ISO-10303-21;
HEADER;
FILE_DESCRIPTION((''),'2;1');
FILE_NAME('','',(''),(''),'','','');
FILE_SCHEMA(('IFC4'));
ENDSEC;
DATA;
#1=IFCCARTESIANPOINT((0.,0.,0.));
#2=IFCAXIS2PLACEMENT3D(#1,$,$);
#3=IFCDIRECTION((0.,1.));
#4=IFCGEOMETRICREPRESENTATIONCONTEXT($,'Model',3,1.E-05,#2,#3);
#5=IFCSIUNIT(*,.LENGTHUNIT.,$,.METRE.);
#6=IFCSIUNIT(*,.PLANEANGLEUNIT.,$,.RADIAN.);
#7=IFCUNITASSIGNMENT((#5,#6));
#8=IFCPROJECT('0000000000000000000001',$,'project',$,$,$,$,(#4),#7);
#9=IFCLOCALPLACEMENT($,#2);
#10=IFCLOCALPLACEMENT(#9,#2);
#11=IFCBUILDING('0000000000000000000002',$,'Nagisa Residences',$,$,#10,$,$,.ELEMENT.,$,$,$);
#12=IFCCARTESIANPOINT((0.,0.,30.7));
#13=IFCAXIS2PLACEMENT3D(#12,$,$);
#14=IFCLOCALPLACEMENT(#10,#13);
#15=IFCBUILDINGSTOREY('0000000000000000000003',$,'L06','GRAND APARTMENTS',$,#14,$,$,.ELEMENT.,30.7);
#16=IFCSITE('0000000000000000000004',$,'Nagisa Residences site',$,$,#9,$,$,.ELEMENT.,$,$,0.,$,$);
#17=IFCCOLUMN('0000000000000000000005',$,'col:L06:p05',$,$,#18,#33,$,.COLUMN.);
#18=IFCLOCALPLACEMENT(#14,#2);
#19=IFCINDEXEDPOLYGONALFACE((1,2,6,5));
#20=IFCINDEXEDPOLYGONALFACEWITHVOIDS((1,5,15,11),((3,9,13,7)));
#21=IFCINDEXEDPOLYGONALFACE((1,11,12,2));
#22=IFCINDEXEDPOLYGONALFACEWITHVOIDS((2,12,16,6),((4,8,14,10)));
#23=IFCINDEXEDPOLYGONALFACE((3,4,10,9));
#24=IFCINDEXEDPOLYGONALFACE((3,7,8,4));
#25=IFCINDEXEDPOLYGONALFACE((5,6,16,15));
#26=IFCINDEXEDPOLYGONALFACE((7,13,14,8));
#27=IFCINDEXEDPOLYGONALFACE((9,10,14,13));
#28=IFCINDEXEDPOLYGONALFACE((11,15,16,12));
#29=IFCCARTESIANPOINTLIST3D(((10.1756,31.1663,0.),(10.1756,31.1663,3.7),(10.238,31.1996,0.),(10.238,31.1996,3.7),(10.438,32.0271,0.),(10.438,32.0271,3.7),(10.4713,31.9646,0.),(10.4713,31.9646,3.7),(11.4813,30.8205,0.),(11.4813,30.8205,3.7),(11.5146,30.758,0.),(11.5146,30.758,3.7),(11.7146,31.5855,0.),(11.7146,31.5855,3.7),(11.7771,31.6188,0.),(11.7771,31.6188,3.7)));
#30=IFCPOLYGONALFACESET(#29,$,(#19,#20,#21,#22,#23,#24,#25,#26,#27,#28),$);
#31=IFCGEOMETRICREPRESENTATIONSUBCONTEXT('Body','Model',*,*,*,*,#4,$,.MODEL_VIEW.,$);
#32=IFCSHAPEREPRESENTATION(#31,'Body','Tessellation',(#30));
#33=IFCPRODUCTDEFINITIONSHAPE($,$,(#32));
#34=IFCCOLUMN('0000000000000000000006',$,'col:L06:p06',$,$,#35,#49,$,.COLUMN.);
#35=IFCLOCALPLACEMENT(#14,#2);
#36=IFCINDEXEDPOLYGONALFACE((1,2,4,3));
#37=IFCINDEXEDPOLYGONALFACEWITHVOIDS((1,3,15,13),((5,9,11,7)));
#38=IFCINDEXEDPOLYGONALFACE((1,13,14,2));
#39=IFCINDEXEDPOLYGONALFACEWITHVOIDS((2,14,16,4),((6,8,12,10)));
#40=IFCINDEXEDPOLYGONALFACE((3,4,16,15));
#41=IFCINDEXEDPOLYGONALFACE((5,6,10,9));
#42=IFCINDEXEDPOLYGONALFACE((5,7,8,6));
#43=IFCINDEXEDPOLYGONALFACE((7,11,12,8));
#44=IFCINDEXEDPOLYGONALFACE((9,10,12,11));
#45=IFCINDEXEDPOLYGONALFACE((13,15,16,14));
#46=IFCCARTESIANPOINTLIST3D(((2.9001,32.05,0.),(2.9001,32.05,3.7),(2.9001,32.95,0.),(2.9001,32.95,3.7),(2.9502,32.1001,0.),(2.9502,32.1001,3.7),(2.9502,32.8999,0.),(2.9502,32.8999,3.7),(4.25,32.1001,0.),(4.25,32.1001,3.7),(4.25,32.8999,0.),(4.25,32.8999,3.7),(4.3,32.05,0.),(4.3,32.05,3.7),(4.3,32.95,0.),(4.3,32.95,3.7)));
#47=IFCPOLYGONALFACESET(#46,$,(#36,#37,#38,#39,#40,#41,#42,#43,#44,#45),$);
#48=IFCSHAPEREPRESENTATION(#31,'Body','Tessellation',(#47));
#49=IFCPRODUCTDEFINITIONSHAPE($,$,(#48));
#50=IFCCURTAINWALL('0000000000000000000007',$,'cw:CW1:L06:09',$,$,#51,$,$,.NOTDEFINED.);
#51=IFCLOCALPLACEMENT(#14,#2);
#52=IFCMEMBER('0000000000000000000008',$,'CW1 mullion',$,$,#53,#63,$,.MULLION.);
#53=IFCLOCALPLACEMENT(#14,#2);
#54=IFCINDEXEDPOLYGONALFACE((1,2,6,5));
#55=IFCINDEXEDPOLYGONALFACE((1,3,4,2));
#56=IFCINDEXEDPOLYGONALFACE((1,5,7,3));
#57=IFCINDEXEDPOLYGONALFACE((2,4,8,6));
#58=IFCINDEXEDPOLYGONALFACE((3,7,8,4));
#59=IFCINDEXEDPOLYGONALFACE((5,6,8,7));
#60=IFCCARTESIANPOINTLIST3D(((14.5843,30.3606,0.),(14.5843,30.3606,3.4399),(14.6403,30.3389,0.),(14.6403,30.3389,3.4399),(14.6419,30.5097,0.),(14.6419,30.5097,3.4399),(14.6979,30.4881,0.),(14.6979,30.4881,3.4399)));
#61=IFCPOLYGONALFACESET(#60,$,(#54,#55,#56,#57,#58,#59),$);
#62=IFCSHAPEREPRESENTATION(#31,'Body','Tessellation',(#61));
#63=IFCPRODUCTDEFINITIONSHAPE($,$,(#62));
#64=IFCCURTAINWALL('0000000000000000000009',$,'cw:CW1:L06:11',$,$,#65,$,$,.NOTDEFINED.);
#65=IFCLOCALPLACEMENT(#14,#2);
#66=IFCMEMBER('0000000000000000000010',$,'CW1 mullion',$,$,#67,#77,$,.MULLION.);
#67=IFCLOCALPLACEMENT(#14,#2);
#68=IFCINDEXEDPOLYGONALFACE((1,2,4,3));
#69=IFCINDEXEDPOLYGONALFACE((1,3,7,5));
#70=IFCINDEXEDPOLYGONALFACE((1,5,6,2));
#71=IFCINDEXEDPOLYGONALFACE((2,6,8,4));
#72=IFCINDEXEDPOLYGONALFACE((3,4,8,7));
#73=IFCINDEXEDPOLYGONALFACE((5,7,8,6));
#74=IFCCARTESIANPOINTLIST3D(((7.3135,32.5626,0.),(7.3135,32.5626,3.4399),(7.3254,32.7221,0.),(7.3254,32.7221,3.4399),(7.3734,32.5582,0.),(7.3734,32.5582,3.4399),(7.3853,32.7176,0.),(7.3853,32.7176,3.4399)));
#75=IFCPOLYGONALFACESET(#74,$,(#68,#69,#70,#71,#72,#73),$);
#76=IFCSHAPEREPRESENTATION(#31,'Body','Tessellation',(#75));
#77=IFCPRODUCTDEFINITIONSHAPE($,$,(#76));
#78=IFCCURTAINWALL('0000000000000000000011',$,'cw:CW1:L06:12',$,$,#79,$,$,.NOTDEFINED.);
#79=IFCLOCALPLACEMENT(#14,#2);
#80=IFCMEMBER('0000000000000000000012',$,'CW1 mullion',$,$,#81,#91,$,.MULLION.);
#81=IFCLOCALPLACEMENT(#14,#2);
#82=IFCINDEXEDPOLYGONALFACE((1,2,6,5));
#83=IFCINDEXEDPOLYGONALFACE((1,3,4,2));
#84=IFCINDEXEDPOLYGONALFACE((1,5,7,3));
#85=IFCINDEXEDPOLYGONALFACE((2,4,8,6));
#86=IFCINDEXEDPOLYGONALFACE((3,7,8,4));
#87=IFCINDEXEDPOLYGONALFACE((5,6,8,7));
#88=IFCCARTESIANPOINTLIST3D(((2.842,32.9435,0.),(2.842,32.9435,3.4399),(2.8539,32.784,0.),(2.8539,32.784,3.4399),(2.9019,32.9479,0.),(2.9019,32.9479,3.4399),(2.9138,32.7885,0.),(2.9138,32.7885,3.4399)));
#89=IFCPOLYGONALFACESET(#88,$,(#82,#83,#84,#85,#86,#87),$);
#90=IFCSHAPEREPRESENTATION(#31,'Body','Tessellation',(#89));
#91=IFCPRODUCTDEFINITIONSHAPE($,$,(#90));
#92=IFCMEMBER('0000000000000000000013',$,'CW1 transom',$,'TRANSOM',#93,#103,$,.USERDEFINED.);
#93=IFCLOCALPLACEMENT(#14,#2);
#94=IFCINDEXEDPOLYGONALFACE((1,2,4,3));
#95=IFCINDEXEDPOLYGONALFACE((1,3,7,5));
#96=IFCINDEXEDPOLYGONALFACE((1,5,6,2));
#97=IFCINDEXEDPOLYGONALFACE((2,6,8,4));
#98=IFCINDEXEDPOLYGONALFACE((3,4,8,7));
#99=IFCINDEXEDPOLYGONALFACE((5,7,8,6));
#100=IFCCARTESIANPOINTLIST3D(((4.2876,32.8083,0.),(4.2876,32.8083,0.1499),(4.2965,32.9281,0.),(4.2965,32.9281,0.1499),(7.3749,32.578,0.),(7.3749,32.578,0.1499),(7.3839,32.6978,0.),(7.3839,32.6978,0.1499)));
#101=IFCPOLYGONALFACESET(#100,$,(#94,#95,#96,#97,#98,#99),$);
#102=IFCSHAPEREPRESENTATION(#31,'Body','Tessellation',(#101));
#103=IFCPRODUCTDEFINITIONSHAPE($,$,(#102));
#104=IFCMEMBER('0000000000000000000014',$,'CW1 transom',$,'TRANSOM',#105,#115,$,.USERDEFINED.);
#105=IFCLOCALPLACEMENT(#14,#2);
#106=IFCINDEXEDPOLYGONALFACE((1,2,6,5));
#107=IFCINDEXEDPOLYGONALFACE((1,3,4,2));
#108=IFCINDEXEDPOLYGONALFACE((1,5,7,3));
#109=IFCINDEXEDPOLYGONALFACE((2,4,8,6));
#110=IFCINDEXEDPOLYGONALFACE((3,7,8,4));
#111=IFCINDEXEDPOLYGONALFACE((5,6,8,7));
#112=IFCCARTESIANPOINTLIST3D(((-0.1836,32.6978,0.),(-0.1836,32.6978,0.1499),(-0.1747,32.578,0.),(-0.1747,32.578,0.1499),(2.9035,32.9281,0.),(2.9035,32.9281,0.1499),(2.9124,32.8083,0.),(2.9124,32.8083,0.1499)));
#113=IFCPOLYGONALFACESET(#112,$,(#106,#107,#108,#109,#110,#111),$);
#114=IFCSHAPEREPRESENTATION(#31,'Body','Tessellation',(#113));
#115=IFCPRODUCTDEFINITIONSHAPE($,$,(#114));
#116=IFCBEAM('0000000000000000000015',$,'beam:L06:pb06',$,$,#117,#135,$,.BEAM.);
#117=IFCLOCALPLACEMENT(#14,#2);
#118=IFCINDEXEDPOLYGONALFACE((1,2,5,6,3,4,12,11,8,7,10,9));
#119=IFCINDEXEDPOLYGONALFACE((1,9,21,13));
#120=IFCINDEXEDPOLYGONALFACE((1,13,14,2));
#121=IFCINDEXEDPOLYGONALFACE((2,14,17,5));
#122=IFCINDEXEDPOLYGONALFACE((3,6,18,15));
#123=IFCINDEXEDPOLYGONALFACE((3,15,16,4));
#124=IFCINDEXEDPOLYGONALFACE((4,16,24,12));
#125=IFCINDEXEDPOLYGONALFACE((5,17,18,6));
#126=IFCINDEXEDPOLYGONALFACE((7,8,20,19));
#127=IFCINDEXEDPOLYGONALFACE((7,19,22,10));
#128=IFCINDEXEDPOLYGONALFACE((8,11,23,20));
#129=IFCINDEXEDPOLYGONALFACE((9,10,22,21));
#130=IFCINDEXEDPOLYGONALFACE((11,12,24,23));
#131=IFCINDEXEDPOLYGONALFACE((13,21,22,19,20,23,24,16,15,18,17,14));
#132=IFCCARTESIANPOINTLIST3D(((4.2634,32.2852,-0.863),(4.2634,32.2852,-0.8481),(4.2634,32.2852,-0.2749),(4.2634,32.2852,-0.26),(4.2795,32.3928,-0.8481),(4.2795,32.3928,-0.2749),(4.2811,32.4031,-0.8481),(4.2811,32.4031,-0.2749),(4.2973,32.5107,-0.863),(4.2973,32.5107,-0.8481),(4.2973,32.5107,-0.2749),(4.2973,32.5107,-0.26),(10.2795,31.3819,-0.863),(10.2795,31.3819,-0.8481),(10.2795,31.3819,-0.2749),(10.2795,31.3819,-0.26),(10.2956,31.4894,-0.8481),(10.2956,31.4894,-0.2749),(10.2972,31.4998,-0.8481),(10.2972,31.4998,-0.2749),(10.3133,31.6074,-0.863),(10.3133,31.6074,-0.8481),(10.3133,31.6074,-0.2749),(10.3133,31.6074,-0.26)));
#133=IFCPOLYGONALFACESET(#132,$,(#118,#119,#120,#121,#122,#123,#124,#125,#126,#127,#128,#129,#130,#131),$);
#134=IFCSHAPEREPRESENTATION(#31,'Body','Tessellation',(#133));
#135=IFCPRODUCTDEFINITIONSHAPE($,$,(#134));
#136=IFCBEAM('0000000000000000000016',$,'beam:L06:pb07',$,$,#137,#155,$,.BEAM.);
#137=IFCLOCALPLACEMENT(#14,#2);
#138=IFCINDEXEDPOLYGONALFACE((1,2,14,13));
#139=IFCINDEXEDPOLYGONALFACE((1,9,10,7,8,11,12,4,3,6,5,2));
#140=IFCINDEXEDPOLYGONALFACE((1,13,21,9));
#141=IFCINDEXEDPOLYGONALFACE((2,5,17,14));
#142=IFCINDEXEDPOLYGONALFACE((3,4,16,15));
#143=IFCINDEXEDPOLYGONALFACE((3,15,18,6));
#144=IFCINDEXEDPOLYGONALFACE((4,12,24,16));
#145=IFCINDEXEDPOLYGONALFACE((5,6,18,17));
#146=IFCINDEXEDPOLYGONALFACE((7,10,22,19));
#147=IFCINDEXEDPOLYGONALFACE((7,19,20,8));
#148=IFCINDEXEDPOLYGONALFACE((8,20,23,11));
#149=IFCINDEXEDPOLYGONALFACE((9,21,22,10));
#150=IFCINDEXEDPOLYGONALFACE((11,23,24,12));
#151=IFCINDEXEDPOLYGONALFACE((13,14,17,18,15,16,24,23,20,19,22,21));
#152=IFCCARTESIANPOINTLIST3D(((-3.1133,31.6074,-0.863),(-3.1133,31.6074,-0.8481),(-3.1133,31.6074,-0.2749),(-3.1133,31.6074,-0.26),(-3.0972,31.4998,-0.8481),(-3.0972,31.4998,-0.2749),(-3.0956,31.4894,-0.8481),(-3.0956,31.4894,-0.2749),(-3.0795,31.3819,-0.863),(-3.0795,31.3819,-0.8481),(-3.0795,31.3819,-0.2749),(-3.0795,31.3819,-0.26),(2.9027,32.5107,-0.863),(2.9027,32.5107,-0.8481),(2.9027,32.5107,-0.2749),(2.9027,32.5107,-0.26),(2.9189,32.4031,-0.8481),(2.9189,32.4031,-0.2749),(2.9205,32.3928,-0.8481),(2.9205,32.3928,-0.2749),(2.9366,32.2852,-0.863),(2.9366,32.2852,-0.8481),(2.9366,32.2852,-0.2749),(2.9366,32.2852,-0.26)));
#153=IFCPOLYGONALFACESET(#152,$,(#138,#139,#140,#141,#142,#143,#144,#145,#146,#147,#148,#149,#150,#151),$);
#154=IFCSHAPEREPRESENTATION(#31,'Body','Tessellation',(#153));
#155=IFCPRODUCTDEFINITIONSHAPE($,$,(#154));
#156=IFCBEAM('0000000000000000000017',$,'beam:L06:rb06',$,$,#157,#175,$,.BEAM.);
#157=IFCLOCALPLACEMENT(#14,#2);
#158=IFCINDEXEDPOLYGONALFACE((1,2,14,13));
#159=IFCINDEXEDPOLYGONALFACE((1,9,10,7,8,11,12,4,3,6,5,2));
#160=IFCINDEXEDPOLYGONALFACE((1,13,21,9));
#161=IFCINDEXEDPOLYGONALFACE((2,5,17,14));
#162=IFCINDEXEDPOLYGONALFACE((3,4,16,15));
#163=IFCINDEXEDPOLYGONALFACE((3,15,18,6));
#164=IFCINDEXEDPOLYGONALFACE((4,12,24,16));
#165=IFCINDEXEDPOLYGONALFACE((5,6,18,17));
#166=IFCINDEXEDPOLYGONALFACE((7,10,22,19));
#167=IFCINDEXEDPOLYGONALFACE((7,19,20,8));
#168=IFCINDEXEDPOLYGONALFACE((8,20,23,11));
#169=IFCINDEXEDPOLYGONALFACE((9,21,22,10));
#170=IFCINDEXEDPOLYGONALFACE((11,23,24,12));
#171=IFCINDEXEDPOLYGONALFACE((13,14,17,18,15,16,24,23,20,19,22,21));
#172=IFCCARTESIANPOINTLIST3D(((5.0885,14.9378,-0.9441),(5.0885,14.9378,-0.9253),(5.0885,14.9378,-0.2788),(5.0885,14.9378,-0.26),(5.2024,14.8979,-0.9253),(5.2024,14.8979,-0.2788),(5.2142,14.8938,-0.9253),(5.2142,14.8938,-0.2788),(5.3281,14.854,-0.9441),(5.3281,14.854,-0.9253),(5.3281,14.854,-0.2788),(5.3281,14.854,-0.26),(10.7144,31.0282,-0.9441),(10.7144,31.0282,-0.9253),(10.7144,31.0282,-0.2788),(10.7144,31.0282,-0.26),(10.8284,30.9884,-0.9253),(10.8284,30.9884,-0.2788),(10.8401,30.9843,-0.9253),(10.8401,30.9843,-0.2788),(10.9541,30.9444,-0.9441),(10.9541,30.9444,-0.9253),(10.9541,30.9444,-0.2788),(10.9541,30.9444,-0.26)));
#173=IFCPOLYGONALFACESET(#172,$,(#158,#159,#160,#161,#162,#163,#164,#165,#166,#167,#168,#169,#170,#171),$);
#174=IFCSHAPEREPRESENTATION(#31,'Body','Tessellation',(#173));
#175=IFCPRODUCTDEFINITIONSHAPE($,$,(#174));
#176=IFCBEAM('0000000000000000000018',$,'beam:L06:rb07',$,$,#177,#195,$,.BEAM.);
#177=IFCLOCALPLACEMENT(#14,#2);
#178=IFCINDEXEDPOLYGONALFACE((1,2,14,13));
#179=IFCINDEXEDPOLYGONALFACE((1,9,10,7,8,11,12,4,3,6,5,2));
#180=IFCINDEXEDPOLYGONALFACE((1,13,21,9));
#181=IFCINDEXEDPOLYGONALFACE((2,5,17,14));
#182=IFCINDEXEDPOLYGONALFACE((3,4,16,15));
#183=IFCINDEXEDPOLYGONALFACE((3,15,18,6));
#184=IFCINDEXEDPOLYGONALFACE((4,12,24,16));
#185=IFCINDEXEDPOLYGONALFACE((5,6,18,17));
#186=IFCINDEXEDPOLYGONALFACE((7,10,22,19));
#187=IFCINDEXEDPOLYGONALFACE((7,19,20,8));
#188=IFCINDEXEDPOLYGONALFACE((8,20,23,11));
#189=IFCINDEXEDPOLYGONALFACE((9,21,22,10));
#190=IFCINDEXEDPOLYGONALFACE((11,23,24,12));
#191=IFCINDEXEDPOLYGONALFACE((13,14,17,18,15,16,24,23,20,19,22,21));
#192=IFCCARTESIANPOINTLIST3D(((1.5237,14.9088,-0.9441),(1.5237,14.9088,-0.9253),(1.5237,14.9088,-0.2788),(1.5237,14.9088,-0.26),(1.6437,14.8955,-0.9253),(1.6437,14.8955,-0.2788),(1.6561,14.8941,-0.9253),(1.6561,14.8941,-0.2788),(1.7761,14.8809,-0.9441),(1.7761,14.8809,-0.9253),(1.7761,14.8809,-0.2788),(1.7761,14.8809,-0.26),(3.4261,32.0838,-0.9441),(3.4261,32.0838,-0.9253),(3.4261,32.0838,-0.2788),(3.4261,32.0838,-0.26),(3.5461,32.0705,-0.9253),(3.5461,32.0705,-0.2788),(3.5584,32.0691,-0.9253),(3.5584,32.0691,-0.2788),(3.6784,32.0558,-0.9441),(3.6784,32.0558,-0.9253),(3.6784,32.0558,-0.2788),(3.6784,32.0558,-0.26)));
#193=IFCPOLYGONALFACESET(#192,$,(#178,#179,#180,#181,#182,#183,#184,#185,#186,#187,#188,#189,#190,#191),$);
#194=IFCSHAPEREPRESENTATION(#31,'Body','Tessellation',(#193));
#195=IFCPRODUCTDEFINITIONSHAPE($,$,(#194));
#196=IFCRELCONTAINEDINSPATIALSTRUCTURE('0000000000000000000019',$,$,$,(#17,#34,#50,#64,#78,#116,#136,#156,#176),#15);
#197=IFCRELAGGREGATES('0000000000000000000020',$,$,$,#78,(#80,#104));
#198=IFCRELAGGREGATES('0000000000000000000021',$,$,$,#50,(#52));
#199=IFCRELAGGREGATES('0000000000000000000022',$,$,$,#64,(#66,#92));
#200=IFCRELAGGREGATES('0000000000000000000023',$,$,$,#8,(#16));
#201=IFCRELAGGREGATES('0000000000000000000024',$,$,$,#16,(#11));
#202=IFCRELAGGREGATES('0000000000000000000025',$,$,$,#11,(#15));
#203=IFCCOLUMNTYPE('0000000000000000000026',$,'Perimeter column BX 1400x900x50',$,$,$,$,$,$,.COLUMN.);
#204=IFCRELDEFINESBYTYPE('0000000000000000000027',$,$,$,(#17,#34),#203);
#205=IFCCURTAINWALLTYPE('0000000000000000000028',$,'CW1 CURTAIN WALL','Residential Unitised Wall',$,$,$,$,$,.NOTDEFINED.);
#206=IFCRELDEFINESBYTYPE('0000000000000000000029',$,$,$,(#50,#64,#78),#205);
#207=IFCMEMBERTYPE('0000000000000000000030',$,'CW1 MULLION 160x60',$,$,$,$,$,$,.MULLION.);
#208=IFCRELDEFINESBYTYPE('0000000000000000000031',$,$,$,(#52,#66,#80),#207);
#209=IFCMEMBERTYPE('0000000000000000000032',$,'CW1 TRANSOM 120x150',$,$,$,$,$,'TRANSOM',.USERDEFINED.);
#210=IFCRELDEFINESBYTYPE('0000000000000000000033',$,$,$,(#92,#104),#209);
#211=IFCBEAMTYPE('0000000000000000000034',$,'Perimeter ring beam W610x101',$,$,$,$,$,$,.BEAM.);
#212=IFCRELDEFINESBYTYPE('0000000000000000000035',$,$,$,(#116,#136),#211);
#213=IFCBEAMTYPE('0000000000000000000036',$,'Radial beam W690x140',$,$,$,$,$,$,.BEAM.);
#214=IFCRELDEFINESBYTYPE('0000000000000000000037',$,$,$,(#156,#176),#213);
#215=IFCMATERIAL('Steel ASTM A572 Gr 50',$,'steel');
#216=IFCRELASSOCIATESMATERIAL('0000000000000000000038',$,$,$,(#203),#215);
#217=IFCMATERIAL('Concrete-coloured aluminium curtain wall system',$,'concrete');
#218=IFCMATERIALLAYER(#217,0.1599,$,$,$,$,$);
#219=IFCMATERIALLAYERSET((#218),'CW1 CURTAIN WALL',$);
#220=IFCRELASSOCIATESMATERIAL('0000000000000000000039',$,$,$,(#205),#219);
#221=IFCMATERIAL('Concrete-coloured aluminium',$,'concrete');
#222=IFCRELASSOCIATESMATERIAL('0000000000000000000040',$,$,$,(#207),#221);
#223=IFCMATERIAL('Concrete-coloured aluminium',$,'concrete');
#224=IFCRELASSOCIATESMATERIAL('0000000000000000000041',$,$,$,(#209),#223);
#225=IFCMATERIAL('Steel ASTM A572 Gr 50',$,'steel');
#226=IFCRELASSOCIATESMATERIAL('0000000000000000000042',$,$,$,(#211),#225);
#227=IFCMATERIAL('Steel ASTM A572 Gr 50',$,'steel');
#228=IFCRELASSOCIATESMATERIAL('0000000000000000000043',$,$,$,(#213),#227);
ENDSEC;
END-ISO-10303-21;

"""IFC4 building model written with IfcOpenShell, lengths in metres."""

from ifc_helpers import new_model, si_unit, direction, frame, origin, origin_2d, place, context, subcontext, project, spatial, rectangle, hollow_rectangle, i_section, extrude, material, layer, layer_set, material_profile, profile_set, type_object, element, aggregate, save


model = new_model("IFC4")

# Units and contexts
model_context = context("Model", 3, precision=1e-05, world=origin(), true_north=direction((0.0, 1.0)))
body_context = subcontext(model_context, "Body", "Model", "MODEL_VIEW")
ifc_project = project(units=[si_unit("LENGTHUNIT", "METRE"), si_unit("PLANEANGLEUNIT", "RADIAN")], contexts=[model_context])

# Site, building, storey
site_placement = place(None, origin())
site = spatial("IfcSite", under=ifc_project, at=site_placement, Name="Nagisa Residences site", CompositionType="ELEMENT", RefElevation=0.0)
building_placement = place(site_placement, origin())
building = spatial("IfcBuilding", under=site, at=building_placement, Name="Nagisa Residences", CompositionType="ELEMENT")
storey_placement = place(building_placement, frame((0.0, 0.0, 30.7)))
storey = spatial("IfcBuildingStorey", under=building, at=storey_placement, Name="L06", Description="GRAND APARTMENTS", CompositionType="ELEMENT", Elevation=30.7)

# Columns
ifc_material_1 = material(Name="Steel ASTM A572 Gr 50", Category="steel")
ifc_material_profile_1 = material_profile(ifc_material_1, hollow_rectangle(XDim=1.3999, YDim=0.8999, WallThickness=0.05, at=origin_2d()), Name="BX 1400x900x50")
ifc_profile_set_1 = profile_set([ifc_material_profile_1], Name="Steel ASTM A572 Gr 50")
column_type = type_object("IfcColumnType", Name="Perimeter column BX 1400x900x50", PredefinedType="COLUMN", material=ifc_profile_set_1)
for number, where, z_axis, x_axis, name in (
    (1, (10.9763, 31.3926, 0.0), (0.0, 0.0, 1.0), (-0.956525, 0.291652, 0.0), "col:L06:p05"),
    (2, (3.6001, 32.5, 0.0), (0.0, 0.0, 1.0), (-1.0, 0.0, 0.0), "col:L06:p06"),
):
    element("IfcColumn", number, at=place(storey_placement, frame(where, z_axis=z_axis, x_axis=x_axis)), inside=storey, type_object=column_type, Name=name, PredefinedType="COLUMN", context=body_context, shape_type="SweptSolid", body=[
        extrude(hollow_rectangle(XDim=1.3999, YDim=0.8999, WallThickness=0.05, at=origin_2d()), origin(), (0.0, 0.0, 1.0), 3.7),
    ])

# Curtain walls, members
ifc_material_2 = material(Name="Concrete-coloured aluminium curtain wall system", Category="concrete")
ifc_layer_1 = layer(ifc_material_2, 0.1599)
ifc_layer_set_1 = layer_set([ifc_layer_1], Name="CW1 CURTAIN WALL")
curtain_wall_type = type_object("IfcCurtainWallType", Name="CW1 CURTAIN WALL", Description="Residential Unitised Wall", PredefinedType="NOTDEFINED", material=ifc_layer_set_1)
curtain_wall_1_placement = place(storey_placement, origin())
curtain_wall_1 = element("IfcCurtainWall", 3, at=curtain_wall_1_placement, inside=storey, type_object=curtain_wall_type, Name="cw:CW1:L06:09", PredefinedType="NOTDEFINED")
ifc_material_3 = material(Name="Concrete-coloured aluminium", Category="concrete")
ifc_material_profile_2 = material_profile(ifc_material_3, rectangle(XDim=0.1599, YDim=0.0601, at=origin_2d()), Name="CW1 MULLION 160x60")
ifc_profile_set_2 = profile_set([ifc_material_profile_2], Name="Concrete-coloured aluminium")
member_type_1 = type_object("IfcMemberType", Name="CW1 MULLION 160x60", PredefinedType="MULLION", material=ifc_profile_set_2)
member_1_placement = place(storey_placement, frame((14.6411, 30.4243, 0.0), z_axis=(0.0, 0.0, 1.0), x_axis=(-0.360328, -0.932826, 0.0)))
member_1 = element("IfcMember", 4, at=member_1_placement, type_object=member_type_1, Name="CW1 mullion", PredefinedType="MULLION", context=body_context, shape_type="SweptSolid", body=[
    extrude(rectangle(XDim=0.1599, YDim=0.0601, at=origin_2d()), origin(), (0.0, 0.0, 1.0), 3.4399),
])
curtain_wall_2_placement = place(storey_placement, origin())
curtain_wall_2 = element("IfcCurtainWall", 5, at=curtain_wall_2_placement, inside=storey, type_object=curtain_wall_type, Name="cw:CW1:L06:11", PredefinedType="NOTDEFINED")
member_2_placement = place(storey_placement, frame((7.3494, 32.6401, 0.0), z_axis=(0.0, 0.0, 1.0), x_axis=(-0.074377, -0.99723, 0.0)))
member_2 = element("IfcMember", 6, at=member_2_placement, type_object=member_type_1, Name="CW1 mullion", PredefinedType="MULLION", context=body_context, shape_type="SweptSolid", body=[
    extrude(rectangle(XDim=0.1599, YDim=0.0601, at=origin_2d()), origin(), (0.0, 0.0, 1.0), 3.4399),
])
curtain_wall_3_placement = place(storey_placement, origin())
curtain_wall_3 = element("IfcCurtainWall", 7, at=curtain_wall_3_placement, inside=storey, type_object=curtain_wall_type, Name="cw:CW1:L06:12", PredefinedType="NOTDEFINED")
member_3_placement = place(storey_placement, frame((2.8779, 32.866, 0.0), z_axis=(0.0, 0.0, 1.0), x_axis=(0.074377, -0.99723, 0.0)))
member_3 = element("IfcMember", 8, at=member_3_placement, type_object=member_type_1, Name="CW1 mullion", PredefinedType="MULLION", context=body_context, shape_type="SweptSolid", body=[
    extrude(rectangle(XDim=0.1599, YDim=0.0601, at=origin_2d()), origin(), (0.0, 0.0, 1.0), 3.4399),
])

# Members
ifc_material_4 = material(Name="Concrete-coloured aluminium", Category="concrete")
ifc_material_profile_3 = material_profile(ifc_material_4, rectangle(XDim=0.1201, YDim=0.1499, at=origin_2d()), Name="CW1 TRANSOM 120x150")
ifc_profile_set_3 = profile_set([ifc_material_profile_3], Name="Concrete-coloured aluminium")
member_type_2 = type_object("IfcMemberType", Name="CW1 TRANSOM 120x150", ElementType="TRANSOM", PredefinedType="USERDEFINED", material=ifc_profile_set_3)
member_4_placement = place(storey_placement, frame((7.3794, 32.6379, 0.075), z_axis=(-0.997231, 0.074363, 0.0), x_axis=(-0.074363, -0.997231, 0.0)))
member_4 = element("IfcMember", 9, at=member_4_placement, type_object=member_type_2, Name="CW1 transom", ObjectType="TRANSOM", PredefinedType="USERDEFINED", context=body_context, shape_type="SweptSolid", body=[
    extrude(rectangle(XDim=0.1201, YDim=0.1499, at=origin_2d()), origin(), (0.0, 0.0, 1.0), 3.0959),
])
member_5_placement = place(storey_placement, frame((2.908, 32.8682, 0.075), z_axis=(-0.997231, -0.074368, 0.0), x_axis=(0.074368, -0.997231, 0.0)))
member_5 = element("IfcMember", 10, at=member_5_placement, type_object=member_type_2, Name="CW1 transom", ObjectType="TRANSOM", PredefinedType="USERDEFINED", context=body_context, shape_type="SweptSolid", body=[
    extrude(rectangle(XDim=0.1201, YDim=0.1499, at=origin_2d()), origin(), (0.0, 0.0, 1.0), 3.0957),
])
aggregate(curtain_wall_3, [member_3, member_5])

# Beams
ifc_material_5 = material(Name="Steel ASTM A572 Gr 50", Category="steel")
ifc_material_profile_4 = material_profile(ifc_material_5, i_section(OverallWidth=0.228, OverallDepth=0.603, WebThickness=0.0105, FlangeThickness=0.0149, at=origin_2d()), Name="W610x101")
ifc_profile_set_4 = profile_set([ifc_material_profile_4], Name="Steel ASTM A572 Gr 50")
beam_type_1 = type_object("IfcBeamType", Name="Perimeter ring beam W610x101", PredefinedType="BEAM", material=ifc_profile_set_4)
for number, where, z_axis, x_axis, name in (
    (11, (10.2964, 31.4946, -0.5615), (-0.988915, 0.148486, 0.0), (-0.148486, -0.988915, 0.0), "beam:L06:pb06"),
    (12, (2.9197, 32.3979, -0.5615), (-0.988915, -0.148486, 0.0), (0.148486, -0.988915, 0.0), "beam:L06:pb07"),
):
    element("IfcBeam", number, at=place(storey_placement, frame(where, z_axis=z_axis, x_axis=x_axis)), inside=storey, type_object=beam_type_1, Name=name, PredefinedType="BEAM", context=body_context, shape_type="SweptSolid", body=[
        extrude(i_section(OverallWidth=0.228, OverallDepth=0.603, WebThickness=0.0105, FlangeThickness=0.0149, at=origin_2d()), origin(), (0.0, 0.0, 1.0), 6.0835),
    ])
ifc_material_6 = material(Name="Steel ASTM A572 Gr 50", Category="steel")
ifc_material_profile_5 = material_profile(ifc_material_6, i_section(OverallWidth=0.2539, OverallDepth=0.6841, WebThickness=0.0125, FlangeThickness=0.0188, at=origin_2d()), Name="W690x140")
ifc_profile_set_5 = profile_set([ifc_material_profile_5], Name="Steel ASTM A572 Gr 50")
beam_type_2 = type_object("IfcBeamType", Name="Radial beam W690x140", PredefinedType="BEAM", material=ifc_profile_set_5)
beam_1_placement = place(storey_placement, frame((10.8342, 30.9863, -0.6021), z_axis=(-0.330051, -0.943963, 0.0), x_axis=(0.943963, -0.330051, 0.0)))
element("IfcBeam", 13, at=beam_1_placement, inside=storey, type_object=beam_type_2, Name="beam:L06:rb06", PredefinedType="BEAM", context=body_context, shape_type="SweptSolid", body=[
    extrude(i_section(OverallWidth=0.2539, OverallDepth=0.6841, WebThickness=0.0125, FlangeThickness=0.0188, at=origin_2d()), origin(), (0.0, 0.0, 1.0), 17.0457),
])
beam_2_placement = place(storey_placement, frame((3.5522, 32.0698, -0.6021), z_axis=(-0.110089, -0.993922, 0.0), x_axis=(0.993922, -0.110089, 0.0)))
element("IfcBeam", 14, at=beam_2_placement, inside=storey, type_object=beam_type_2, Name="beam:L06:rb07", PredefinedType="BEAM", context=body_context, shape_type="SweptSolid", body=[
    extrude(i_section(OverallWidth=0.2539, OverallDepth=0.6841, WebThickness=0.0125, FlangeThickness=0.0188, at=origin_2d()), origin(), (0.0, 0.0, 1.0), 17.28),
])

aggregate(curtain_wall_1, [member_1])
aggregate(curtain_wall_2, [member_2, member_4])

save(model, "model.ifc")
